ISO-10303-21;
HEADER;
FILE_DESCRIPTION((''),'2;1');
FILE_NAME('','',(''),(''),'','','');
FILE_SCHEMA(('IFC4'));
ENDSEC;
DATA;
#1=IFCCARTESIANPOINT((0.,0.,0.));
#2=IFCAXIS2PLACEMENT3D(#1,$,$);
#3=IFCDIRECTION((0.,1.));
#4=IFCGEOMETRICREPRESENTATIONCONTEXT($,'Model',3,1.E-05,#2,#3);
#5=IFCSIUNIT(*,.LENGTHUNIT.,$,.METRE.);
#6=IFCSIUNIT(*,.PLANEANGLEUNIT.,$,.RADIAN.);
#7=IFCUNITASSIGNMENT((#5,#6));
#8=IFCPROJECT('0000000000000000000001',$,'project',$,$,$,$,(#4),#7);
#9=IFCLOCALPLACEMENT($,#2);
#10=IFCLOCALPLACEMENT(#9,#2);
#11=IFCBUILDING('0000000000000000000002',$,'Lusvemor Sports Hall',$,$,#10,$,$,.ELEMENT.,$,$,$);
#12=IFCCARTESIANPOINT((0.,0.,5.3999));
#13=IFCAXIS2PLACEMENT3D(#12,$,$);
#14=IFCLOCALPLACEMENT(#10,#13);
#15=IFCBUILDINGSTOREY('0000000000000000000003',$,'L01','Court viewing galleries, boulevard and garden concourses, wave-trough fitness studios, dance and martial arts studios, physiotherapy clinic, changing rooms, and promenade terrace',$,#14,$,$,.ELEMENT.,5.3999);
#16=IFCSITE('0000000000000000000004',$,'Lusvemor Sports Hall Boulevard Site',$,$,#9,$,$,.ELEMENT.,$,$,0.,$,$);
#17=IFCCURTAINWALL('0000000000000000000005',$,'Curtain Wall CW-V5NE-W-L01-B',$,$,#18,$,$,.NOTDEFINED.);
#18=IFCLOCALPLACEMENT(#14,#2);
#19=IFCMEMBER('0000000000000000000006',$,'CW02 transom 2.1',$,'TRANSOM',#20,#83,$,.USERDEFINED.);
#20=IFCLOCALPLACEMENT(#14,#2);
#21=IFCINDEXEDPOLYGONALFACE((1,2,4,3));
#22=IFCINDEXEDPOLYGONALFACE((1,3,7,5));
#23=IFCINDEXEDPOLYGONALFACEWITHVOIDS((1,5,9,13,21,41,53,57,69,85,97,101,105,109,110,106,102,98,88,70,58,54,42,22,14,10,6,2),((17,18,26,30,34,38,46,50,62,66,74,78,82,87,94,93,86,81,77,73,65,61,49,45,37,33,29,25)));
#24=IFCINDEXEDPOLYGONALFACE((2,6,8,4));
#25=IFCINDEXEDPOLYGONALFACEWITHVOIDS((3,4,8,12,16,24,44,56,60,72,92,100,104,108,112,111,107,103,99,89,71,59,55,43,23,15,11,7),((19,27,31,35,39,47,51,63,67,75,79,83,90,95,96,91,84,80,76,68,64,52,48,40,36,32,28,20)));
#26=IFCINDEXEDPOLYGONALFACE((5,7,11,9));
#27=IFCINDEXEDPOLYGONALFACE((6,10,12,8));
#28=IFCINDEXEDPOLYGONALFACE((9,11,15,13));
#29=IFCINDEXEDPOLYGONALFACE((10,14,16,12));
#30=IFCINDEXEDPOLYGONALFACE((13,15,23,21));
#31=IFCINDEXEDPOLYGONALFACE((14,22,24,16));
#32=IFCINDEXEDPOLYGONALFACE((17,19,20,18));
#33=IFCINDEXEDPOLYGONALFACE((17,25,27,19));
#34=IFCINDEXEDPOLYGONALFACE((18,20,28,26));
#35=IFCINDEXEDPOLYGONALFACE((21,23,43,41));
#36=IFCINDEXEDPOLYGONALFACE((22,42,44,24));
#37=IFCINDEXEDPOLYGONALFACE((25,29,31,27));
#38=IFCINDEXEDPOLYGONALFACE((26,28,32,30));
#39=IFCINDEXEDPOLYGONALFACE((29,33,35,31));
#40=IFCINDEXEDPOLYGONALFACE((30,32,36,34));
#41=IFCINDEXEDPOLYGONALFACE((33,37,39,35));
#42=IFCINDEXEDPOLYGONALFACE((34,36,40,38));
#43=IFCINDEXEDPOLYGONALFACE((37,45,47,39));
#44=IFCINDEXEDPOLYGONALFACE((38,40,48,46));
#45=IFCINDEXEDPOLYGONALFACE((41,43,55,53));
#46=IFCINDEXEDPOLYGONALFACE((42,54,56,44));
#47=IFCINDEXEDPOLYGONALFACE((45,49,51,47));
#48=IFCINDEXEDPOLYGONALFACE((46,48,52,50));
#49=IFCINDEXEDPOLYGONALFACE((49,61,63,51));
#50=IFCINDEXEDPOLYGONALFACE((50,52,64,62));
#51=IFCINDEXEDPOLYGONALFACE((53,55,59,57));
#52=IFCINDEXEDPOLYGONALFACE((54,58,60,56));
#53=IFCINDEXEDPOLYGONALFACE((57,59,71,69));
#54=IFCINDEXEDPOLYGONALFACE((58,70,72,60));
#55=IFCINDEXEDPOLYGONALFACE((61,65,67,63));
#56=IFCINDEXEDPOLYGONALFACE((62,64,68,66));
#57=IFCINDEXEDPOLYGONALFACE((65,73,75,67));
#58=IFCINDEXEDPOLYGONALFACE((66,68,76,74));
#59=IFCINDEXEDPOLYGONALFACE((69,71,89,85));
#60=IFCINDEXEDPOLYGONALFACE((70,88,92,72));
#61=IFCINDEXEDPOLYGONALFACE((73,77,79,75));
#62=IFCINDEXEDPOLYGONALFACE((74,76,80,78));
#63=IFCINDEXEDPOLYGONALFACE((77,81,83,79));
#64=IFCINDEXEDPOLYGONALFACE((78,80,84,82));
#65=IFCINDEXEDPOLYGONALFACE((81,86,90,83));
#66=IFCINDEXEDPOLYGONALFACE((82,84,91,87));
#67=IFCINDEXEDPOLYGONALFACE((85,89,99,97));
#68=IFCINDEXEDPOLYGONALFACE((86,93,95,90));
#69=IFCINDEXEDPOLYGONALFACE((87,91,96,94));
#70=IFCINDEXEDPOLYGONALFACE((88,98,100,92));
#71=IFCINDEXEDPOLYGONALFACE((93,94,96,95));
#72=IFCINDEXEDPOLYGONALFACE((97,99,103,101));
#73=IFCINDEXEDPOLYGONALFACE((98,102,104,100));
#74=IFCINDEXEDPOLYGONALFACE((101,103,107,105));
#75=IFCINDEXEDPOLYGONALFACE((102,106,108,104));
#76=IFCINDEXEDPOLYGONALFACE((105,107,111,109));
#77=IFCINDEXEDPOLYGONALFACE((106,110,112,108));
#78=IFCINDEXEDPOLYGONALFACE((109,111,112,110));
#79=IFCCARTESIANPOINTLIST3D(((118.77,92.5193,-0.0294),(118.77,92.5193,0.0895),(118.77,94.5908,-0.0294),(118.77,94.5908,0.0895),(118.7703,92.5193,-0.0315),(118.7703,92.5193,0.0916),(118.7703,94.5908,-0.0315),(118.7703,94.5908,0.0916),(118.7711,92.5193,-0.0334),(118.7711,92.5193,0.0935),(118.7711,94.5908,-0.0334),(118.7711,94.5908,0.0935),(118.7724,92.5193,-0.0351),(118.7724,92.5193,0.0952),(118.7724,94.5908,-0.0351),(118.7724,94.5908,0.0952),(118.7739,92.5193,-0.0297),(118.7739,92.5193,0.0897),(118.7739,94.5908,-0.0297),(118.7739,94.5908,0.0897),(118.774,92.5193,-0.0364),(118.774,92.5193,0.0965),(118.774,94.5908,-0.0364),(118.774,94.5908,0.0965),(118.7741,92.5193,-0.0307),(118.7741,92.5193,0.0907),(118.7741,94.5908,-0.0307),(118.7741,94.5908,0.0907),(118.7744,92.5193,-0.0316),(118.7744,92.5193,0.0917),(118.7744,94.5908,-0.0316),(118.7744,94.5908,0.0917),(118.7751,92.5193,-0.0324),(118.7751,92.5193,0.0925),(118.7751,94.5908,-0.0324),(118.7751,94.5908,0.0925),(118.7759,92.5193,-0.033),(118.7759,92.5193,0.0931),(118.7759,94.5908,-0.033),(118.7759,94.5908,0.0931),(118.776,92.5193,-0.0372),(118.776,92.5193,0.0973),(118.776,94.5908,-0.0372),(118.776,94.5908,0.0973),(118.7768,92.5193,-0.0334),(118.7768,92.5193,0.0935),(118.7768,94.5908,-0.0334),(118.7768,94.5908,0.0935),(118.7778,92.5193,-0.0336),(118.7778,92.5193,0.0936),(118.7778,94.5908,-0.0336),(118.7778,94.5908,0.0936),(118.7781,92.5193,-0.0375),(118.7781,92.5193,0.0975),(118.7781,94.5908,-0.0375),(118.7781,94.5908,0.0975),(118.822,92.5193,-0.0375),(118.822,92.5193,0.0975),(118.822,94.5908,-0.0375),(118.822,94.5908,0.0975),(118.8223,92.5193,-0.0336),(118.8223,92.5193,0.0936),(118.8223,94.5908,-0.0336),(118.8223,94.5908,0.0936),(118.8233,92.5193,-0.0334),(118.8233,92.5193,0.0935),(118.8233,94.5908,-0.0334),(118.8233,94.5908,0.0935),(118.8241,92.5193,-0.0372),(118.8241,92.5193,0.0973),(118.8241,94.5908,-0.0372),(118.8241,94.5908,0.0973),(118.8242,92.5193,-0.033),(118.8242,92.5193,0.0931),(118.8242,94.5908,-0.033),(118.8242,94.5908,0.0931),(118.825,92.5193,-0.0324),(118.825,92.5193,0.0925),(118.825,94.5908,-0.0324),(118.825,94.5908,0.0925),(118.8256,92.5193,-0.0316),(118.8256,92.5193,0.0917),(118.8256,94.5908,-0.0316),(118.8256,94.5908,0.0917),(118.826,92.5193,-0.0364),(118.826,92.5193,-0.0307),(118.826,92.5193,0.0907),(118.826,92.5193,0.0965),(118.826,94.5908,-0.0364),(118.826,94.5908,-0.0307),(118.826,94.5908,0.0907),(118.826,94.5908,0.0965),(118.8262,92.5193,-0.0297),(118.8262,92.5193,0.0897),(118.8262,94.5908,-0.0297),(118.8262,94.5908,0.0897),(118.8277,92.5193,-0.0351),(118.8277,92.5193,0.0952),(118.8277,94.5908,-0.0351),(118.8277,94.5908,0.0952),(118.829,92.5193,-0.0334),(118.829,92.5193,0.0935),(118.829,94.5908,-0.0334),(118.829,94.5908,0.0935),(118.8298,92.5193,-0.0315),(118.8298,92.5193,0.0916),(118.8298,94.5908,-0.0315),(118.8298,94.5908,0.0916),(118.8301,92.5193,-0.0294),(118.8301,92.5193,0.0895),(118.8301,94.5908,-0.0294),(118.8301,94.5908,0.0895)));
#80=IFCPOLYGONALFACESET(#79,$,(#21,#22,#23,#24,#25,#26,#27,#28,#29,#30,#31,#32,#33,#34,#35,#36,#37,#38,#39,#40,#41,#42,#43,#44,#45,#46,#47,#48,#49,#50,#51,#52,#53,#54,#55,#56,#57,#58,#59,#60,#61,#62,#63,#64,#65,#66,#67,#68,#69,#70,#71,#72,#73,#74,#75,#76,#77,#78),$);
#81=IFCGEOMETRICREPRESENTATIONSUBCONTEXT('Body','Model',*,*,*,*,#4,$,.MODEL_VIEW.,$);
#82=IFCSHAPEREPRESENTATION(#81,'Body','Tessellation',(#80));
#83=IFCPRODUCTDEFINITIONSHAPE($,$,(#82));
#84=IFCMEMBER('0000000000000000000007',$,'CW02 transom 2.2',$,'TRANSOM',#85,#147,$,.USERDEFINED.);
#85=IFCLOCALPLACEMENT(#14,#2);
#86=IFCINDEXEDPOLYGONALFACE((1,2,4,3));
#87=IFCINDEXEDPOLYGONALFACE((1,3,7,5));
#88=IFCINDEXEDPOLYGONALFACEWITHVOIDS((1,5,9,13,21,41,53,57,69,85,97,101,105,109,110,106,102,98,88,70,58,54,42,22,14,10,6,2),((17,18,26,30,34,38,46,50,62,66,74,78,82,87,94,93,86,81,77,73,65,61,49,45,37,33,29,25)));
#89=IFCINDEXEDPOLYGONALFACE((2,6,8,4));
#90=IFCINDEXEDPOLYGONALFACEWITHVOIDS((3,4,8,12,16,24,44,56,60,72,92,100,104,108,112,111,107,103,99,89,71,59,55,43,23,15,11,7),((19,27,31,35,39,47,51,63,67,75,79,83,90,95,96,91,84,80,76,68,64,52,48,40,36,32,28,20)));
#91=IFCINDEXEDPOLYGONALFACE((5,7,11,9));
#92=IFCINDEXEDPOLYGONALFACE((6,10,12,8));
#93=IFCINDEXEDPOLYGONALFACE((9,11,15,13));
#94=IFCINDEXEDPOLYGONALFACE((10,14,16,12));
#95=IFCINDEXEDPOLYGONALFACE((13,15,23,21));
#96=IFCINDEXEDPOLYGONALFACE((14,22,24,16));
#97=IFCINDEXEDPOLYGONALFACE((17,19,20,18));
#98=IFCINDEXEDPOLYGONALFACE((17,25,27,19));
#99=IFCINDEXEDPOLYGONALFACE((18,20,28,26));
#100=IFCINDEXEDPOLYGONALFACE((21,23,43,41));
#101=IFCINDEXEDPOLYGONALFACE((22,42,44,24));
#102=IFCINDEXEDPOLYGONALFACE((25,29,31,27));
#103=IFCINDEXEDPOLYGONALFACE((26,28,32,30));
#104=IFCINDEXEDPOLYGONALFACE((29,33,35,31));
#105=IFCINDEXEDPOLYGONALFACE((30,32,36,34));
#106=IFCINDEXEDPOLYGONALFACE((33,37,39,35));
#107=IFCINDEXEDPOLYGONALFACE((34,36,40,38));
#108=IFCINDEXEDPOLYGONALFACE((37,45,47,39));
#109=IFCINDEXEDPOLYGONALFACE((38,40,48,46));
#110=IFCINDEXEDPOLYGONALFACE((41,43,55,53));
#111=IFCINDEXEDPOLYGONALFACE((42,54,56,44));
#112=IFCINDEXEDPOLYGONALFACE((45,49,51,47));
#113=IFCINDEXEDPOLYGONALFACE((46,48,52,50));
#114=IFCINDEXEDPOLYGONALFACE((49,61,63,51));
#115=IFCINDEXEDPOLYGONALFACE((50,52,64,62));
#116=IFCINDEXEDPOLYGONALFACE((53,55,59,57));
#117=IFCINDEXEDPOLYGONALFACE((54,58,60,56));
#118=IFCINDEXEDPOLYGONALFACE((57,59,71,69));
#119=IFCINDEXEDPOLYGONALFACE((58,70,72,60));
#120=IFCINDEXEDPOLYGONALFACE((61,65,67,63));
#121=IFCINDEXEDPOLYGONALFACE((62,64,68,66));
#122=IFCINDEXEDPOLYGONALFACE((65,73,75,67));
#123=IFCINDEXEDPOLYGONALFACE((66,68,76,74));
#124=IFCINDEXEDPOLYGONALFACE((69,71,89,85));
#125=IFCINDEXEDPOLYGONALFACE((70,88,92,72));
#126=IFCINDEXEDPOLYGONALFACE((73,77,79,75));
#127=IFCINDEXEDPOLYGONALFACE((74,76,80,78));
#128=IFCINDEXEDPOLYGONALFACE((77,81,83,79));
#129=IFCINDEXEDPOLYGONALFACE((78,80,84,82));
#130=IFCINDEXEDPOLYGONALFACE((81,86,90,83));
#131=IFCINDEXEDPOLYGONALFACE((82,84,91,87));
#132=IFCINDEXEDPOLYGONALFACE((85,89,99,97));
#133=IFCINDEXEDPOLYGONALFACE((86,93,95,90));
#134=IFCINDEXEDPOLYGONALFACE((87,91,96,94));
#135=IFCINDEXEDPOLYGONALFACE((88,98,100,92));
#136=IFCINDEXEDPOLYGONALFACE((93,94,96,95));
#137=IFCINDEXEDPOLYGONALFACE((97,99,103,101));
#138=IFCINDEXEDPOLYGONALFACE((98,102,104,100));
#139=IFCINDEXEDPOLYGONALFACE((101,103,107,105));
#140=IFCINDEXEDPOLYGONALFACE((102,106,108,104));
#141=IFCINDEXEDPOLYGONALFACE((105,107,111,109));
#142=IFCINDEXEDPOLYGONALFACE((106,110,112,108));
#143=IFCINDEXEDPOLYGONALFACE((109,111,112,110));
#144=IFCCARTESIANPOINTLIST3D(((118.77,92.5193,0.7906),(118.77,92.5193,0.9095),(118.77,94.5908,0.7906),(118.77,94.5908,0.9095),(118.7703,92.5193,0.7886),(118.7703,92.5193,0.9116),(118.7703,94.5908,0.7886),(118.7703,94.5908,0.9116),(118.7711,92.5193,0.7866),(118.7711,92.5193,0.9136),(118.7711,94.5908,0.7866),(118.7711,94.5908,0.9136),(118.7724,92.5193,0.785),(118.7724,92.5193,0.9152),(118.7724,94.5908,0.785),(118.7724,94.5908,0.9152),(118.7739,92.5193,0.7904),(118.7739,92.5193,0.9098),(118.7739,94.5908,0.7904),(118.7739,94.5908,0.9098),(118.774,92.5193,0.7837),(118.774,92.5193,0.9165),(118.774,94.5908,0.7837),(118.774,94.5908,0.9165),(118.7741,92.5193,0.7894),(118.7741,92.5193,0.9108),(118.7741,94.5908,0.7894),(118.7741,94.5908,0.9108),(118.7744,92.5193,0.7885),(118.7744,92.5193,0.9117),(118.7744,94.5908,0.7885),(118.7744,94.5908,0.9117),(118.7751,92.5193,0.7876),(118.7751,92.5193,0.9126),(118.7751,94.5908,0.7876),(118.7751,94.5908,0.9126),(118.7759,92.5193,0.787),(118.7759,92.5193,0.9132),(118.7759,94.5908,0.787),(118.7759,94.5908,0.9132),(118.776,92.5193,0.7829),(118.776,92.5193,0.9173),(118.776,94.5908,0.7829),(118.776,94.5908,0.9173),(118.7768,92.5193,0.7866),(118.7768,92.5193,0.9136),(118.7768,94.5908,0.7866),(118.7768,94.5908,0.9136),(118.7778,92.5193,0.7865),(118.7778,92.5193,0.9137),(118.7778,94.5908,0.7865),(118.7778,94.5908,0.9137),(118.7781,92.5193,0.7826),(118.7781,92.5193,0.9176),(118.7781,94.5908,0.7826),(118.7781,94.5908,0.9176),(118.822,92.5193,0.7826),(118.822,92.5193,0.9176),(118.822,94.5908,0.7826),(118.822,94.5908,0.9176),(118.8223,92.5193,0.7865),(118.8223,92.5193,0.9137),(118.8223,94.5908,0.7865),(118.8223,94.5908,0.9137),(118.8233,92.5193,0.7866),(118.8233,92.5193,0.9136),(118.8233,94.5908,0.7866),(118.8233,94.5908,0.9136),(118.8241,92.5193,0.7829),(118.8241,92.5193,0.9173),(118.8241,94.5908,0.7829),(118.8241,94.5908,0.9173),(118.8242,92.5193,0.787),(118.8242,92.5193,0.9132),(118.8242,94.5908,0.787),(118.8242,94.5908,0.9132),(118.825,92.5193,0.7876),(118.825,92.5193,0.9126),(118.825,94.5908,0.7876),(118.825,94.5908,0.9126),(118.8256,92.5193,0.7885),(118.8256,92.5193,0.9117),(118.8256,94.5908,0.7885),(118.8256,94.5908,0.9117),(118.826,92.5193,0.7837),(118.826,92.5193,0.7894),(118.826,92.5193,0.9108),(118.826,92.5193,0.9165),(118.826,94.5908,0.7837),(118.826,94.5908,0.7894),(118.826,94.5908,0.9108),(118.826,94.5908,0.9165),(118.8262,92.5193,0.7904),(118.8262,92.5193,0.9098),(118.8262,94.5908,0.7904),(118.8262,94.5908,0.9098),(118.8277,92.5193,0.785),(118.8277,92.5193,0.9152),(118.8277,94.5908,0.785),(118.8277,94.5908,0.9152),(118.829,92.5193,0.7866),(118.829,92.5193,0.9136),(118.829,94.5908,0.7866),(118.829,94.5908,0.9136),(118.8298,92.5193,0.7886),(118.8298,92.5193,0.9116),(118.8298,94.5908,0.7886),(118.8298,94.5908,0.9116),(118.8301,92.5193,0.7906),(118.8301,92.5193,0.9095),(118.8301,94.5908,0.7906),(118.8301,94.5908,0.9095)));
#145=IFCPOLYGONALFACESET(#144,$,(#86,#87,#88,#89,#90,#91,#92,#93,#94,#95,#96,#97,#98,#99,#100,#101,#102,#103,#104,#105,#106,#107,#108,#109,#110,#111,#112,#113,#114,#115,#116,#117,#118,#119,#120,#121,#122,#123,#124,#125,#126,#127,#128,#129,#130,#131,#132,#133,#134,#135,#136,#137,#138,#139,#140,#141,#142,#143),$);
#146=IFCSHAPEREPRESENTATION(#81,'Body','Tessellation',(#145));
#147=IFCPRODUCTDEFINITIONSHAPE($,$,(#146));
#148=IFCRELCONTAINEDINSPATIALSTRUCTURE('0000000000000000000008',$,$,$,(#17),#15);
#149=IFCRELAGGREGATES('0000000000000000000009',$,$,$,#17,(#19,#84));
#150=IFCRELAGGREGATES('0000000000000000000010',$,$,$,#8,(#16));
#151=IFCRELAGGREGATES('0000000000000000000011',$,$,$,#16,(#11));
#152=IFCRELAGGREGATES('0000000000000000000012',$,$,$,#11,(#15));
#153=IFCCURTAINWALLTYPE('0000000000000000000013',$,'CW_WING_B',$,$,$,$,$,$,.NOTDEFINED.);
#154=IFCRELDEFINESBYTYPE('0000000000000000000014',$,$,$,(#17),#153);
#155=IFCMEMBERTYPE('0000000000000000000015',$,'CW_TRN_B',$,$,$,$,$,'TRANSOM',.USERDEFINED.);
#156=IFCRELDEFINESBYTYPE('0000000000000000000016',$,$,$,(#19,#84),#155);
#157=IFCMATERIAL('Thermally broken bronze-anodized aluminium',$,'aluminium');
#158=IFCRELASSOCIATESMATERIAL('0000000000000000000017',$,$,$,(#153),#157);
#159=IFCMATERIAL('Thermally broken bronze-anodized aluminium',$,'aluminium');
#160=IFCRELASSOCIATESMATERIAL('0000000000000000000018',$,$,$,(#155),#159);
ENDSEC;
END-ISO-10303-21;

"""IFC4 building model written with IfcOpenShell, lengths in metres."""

from ifc_helpers import new_model, si_unit, direction, frame, origin, origin_2d, place, context, subcontext, project, spatial, hollow_rectangle, extrude, material, material_profile, profile_set, type_object, element, aggregate, save


model = new_model("IFC4")

# Units and contexts
model_context = context("Model", 3, precision=1e-05, world=origin(), true_north=direction((0.0, 1.0)))
body_context = subcontext(model_context, "Body", "Model", "MODEL_VIEW")
ifc_project = project(units=[si_unit("LENGTHUNIT", "METRE"), si_unit("PLANEANGLEUNIT", "RADIAN")], contexts=[model_context])

# Site, building, storey
site_placement = place(None, origin())
site = spatial("IfcSite", under=ifc_project, at=site_placement, Name="Lusvemor Sports Hall Boulevard Site", CompositionType="ELEMENT", RefElevation=0.0)
building_placement = place(site_placement, origin())
building = spatial("IfcBuilding", under=site, at=building_placement, Name="Lusvemor Sports Hall", CompositionType="ELEMENT")
storey_placement = place(building_placement, frame((0.0, 0.0, 5.3999)))
storey = spatial("IfcBuildingStorey", under=building, at=storey_placement, Name="L01", Description="Court viewing galleries, boulevard and garden concourses, wave-trough fitness studios, dance and martial arts studios, physiotherapy clinic, changing rooms, and promenade terrace", CompositionType="ELEMENT", Elevation=5.3999)

# Curtain wall
ifc_material_1 = material(Name="Thermally broken bronze-anodized aluminium", Category="aluminium")
curtain_wall_type = type_object("IfcCurtainWallType", Name="CW_WING_B", PredefinedType="NOTDEFINED", material=ifc_material_1)
curtain_wall_1_placement = place(storey_placement, origin())
curtain_wall_1 = element("IfcCurtainWall", 1, at=curtain_wall_1_placement, inside=storey, type_object=curtain_wall_type, Name="Curtain Wall CW-V5NE-W-L01-B", PredefinedType="NOTDEFINED")

# Members
ifc_material_2 = material(Name="Thermally broken bronze-anodized aluminium", Category="aluminium")
ifc_material_profile_1 = material_profile(ifc_material_2, hollow_rectangle(XDim=0.0601, YDim=0.135, WallThickness=0.0039, InnerFilletRadius=0.0039, OuterFilletRadius=0.0081, at=origin_2d()), Name="CWTRN135x60x4")
ifc_profile_set_1 = profile_set([ifc_material_profile_1], Name="Thermally broken bronze-anodized aluminium")
member_type_1 = type_object("IfcMemberType", Name="CW_TRN_B", ElementType="TRANSOM", PredefinedType="USERDEFINED", material=ifc_profile_set_1)
member_1_placement = place(storey_placement, frame((118.8, 92.5193, 0.03), z_axis=(0.0, 1.0, 0.0), x_axis=(-1.0, 0.0, 0.0)))
member_1 = element("IfcMember", 2, at=member_1_placement, type_object=member_type_1, Name="CW02 transom 2.1", ObjectType="TRANSOM", PredefinedType="USERDEFINED", context=body_context, shape_type="SweptSolid", body=[
    extrude(hollow_rectangle(XDim=0.0601, YDim=0.135, WallThickness=0.0039, InnerFilletRadius=0.0039, OuterFilletRadius=0.0081, at=origin_2d()), origin(), (0.0, 0.0, 1.0), 2.0715),
])
member_2_placement = place(storey_placement, frame((118.8, 92.5193, 0.8501), z_axis=(0.0, 1.0, 0.0), x_axis=(-1.0, 0.0, 0.0)))
member_2 = element("IfcMember", 3, at=member_2_placement, type_object=member_type_1, Name="CW02 transom 2.2", ObjectType="TRANSOM", PredefinedType="USERDEFINED", context=body_context, shape_type="SweptSolid", body=[
    extrude(hollow_rectangle(XDim=0.0601, YDim=0.135, WallThickness=0.0039, InnerFilletRadius=0.0039, OuterFilletRadius=0.0081, at=origin_2d()), origin(), (0.0, 0.0, 1.0), 2.0715),
])

aggregate(curtain_wall_1, [member_1, member_2])

save(model, "model.ifc")
